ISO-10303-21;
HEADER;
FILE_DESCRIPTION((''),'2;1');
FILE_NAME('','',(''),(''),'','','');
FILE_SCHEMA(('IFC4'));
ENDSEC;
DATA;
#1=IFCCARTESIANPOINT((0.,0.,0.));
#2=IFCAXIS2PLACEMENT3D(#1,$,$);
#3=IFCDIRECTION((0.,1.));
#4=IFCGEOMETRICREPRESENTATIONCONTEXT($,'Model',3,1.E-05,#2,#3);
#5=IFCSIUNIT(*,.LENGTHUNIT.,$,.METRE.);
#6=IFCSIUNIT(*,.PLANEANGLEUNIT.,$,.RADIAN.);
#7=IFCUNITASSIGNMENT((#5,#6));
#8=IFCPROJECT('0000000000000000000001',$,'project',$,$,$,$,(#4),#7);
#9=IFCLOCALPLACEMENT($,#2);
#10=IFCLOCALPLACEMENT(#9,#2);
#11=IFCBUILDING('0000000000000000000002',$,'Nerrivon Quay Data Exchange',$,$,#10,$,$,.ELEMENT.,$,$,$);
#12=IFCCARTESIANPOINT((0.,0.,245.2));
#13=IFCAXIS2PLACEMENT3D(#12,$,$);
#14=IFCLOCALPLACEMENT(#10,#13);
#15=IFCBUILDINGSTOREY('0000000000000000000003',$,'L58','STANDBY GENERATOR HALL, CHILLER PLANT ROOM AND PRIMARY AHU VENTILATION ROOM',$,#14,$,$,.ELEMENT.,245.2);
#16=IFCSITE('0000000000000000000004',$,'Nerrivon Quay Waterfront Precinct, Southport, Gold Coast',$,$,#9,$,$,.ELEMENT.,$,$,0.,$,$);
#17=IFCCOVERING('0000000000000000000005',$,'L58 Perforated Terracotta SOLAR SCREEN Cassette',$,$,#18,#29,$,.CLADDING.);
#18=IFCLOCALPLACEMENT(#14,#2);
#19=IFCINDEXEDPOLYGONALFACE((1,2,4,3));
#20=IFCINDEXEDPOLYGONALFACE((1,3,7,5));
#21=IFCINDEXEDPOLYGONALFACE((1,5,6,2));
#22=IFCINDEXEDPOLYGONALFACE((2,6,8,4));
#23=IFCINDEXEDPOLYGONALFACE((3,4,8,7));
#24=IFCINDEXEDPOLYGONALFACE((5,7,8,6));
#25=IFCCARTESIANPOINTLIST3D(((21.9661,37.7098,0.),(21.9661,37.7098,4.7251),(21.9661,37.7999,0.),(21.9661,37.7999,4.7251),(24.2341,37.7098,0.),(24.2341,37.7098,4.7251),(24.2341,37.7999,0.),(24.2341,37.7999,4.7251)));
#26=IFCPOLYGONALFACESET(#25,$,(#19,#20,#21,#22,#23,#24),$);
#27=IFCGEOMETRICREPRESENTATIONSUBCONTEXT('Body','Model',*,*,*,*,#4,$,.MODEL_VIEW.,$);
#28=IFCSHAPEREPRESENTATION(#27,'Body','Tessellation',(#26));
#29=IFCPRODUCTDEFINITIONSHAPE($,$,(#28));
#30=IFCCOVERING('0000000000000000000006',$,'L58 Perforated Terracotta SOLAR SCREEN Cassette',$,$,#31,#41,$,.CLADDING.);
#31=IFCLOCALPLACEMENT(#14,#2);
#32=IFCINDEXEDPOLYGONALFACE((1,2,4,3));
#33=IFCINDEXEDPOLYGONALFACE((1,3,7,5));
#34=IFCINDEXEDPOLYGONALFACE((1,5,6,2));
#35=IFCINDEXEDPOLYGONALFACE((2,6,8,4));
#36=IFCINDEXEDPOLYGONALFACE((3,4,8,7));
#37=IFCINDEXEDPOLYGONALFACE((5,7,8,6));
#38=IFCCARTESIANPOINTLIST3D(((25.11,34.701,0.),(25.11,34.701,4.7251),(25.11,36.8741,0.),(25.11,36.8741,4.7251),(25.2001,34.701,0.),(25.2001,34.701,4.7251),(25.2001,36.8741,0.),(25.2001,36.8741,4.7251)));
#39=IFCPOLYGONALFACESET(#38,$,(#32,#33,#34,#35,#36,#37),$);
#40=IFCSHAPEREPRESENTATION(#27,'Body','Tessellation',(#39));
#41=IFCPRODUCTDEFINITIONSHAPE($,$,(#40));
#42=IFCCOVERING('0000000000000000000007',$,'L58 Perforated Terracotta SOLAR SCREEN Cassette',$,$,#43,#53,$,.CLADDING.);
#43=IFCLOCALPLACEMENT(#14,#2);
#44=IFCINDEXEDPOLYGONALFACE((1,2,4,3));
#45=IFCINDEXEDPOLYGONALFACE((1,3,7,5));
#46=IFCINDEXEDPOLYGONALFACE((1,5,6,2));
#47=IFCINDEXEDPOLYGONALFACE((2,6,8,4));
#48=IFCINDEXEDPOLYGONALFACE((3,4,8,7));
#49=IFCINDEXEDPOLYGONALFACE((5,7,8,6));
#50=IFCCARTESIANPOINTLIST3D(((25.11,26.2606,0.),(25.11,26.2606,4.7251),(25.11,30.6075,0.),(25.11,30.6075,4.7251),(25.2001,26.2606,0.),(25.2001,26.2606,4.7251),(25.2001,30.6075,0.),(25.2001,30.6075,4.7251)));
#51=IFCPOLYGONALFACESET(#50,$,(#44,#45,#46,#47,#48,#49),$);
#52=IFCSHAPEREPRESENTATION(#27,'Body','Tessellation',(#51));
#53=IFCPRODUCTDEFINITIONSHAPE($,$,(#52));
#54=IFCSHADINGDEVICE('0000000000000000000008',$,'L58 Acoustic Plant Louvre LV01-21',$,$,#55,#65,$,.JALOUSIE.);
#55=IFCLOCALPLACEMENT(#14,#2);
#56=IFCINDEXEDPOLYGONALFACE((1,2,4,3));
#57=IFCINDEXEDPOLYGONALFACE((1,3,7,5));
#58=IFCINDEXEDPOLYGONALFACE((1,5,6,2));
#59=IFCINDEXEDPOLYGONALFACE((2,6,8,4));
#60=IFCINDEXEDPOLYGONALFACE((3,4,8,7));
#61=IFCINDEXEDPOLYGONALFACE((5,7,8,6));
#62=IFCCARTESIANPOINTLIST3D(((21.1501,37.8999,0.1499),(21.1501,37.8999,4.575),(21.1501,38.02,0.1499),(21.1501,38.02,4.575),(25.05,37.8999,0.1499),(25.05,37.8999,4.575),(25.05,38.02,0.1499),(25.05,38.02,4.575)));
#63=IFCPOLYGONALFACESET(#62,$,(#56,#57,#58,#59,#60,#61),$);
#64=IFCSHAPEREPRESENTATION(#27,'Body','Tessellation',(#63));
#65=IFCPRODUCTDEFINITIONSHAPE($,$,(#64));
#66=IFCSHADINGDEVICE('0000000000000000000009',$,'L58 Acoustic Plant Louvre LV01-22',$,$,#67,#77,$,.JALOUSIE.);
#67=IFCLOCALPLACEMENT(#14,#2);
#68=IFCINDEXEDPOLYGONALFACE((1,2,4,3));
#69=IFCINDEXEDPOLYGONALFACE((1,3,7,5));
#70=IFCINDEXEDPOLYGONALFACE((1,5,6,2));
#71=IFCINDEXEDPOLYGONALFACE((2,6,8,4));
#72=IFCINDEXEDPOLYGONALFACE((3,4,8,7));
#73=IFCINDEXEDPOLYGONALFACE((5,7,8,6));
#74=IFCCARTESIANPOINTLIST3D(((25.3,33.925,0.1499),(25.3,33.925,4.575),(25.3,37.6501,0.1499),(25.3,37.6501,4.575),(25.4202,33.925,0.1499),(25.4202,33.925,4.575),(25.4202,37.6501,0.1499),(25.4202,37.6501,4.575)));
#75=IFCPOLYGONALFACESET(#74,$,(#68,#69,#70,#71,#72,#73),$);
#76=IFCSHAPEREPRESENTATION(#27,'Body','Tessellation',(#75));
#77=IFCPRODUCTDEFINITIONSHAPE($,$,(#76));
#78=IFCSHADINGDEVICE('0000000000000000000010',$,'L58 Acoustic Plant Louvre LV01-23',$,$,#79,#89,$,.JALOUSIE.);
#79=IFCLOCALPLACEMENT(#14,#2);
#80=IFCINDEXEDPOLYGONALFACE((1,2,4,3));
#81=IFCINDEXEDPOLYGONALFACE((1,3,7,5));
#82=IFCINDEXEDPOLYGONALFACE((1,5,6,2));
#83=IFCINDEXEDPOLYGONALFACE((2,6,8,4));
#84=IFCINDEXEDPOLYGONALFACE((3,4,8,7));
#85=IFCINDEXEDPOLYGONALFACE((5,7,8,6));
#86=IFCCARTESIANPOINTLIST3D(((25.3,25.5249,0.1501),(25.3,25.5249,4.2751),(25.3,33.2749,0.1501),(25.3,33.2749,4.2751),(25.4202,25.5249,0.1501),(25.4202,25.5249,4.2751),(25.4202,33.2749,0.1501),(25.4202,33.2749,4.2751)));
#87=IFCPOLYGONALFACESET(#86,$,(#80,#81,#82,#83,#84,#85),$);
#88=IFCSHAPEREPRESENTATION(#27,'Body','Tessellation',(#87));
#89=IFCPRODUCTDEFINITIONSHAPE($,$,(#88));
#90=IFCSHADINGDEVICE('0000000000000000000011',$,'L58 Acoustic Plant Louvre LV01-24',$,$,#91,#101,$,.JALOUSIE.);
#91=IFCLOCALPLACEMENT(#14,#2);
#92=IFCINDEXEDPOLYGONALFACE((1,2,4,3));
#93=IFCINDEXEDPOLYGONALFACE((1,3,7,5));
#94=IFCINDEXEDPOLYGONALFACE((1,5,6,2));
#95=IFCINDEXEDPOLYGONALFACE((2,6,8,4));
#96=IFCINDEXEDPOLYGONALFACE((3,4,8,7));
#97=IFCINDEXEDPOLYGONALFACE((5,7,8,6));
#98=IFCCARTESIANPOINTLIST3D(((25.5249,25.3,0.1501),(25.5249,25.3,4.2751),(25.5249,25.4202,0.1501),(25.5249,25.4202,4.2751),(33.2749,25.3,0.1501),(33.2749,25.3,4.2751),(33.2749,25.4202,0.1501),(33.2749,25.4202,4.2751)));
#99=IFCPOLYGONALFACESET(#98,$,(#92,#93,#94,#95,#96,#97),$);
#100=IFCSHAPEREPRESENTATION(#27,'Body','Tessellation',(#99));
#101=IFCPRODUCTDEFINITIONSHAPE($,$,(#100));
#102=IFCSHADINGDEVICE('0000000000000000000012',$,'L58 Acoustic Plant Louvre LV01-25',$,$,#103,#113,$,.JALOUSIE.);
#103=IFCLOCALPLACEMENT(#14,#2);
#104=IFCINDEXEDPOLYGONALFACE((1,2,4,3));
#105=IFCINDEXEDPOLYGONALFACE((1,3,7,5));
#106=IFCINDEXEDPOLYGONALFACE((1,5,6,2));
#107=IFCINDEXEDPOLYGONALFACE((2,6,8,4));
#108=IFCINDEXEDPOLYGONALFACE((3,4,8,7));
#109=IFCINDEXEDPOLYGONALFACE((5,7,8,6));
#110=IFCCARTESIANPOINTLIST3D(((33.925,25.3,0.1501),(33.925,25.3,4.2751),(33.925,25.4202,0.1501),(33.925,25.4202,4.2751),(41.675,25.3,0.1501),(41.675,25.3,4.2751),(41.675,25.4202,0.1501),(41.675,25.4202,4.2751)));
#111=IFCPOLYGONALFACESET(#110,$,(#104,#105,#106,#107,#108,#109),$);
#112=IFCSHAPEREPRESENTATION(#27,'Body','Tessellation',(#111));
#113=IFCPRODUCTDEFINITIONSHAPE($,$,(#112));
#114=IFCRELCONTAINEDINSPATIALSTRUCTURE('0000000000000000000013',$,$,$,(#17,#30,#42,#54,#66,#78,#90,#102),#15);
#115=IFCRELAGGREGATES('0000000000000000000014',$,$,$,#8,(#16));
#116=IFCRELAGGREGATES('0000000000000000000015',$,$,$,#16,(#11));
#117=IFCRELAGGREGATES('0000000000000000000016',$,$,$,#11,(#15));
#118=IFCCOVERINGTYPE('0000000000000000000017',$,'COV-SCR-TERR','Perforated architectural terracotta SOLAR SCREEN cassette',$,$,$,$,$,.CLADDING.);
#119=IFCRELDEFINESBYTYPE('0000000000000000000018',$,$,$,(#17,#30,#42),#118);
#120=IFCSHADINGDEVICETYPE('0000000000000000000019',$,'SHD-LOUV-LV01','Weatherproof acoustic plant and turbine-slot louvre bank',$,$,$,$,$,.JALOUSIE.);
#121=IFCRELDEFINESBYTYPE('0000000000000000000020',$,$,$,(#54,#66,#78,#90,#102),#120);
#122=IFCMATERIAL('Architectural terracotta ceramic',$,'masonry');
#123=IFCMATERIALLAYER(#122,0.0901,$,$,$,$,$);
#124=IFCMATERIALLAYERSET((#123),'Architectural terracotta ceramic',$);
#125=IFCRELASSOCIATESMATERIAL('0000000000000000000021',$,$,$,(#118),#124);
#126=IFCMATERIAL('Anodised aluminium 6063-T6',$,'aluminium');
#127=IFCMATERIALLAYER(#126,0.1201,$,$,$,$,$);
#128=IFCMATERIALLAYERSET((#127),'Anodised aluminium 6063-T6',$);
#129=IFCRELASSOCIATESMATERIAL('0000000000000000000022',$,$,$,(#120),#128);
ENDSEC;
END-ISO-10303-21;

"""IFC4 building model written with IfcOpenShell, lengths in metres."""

from ifc_helpers import new_model, si_unit, direction, frame, origin, origin_2d, place, context, subcontext, project, spatial, rectangle, extrude, material, layer, layer_set, type_object, element, save


model = new_model("IFC4")

# Units and contexts
model_context = context("Model", 3, precision=1e-05, world=origin(), true_north=direction((0.0, 1.0)))
body_context = subcontext(model_context, "Body", "Model", "MODEL_VIEW")
ifc_project = project(units=[si_unit("LENGTHUNIT", "METRE"), si_unit("PLANEANGLEUNIT", "RADIAN")], contexts=[model_context])

# Site, building, storey
site_placement = place(None, origin())
site = spatial("IfcSite", under=ifc_project, at=site_placement, Name="Nerrivon Quay Waterfront Precinct, Southport, Gold Coast", CompositionType="ELEMENT", RefElevation=0.0)
building_placement = place(site_placement, origin())
building = spatial("IfcBuilding", under=site, at=building_placement, Name="Nerrivon Quay Data Exchange", CompositionType="ELEMENT")
storey_placement = place(building_placement, frame((0.0, 0.0, 245.2)))
storey = spatial("IfcBuildingStorey", under=building, at=storey_placement, Name="L58", Description="STANDBY GENERATOR HALL, CHILLER PLANT ROOM AND PRIMARY AHU VENTILATION ROOM", CompositionType="ELEMENT", Elevation=245.2)

# Coverings
ifc_material_1 = material(Name="Architectural terracotta ceramic", Category="masonry")
ifc_layer_1 = layer(ifc_material_1, 0.0901)
ifc_layer_set_1 = layer_set([ifc_layer_1], Name="Architectural terracotta ceramic")
covering_type = type_object("IfcCoveringType", Name="COV-SCR-TERR", Description="Perforated architectural terracotta SOLAR SCREEN cassette", PredefinedType="CLADDING", material=ifc_layer_set_1)
covering_1_placement = place(storey_placement, frame((23.1001, 37.7549, 0.0), z_axis=(0.0, 0.0, 1.0), x_axis=(1.0, 0.0, 0.0)))
element("IfcCovering", 1, at=covering_1_placement, inside=storey, type_object=covering_type, Name="L58 Perforated Terracotta SOLAR SCREEN Cassette", PredefinedType="CLADDING", context=body_context, shape_type="SweptSolid", body=[
    extrude(rectangle(XDim=2.2681, YDim=0.0901, at=origin_2d()), origin(), (0.0, 0.0, 1.0), 4.7251),
])
covering_2_placement = place(storey_placement, frame((25.155, 35.7876, 0.0), z_axis=(0.0, 0.0, 1.0), x_axis=(0.0, -1.0, 0.0)))
element("IfcCovering", 2, at=covering_2_placement, inside=storey, type_object=covering_type, Name="L58 Perforated Terracotta SOLAR SCREEN Cassette", PredefinedType="CLADDING", context=body_context, shape_type="SweptSolid", body=[
    extrude(rectangle(XDim=2.1731, YDim=0.0901, at=origin_2d()), origin(), (0.0, 0.0, 1.0), 4.7251),
])
covering_3_placement = place(storey_placement, frame((25.155, 28.4341, 0.0), z_axis=(0.0, 0.0, 1.0), x_axis=(0.0, -1.0, 0.0)))
element("IfcCovering", 3, at=covering_3_placement, inside=storey, type_object=covering_type, Name="L58 Perforated Terracotta SOLAR SCREEN Cassette", PredefinedType="CLADDING", context=body_context, shape_type="SweptSolid", body=[
    extrude(rectangle(XDim=4.3469, YDim=0.0901, at=origin_2d()), origin(), (0.0, 0.0, 1.0), 4.7251),
])

# Shading devices
ifc_material_2 = material(Name="Anodised aluminium 6063-T6", Category="aluminium")
ifc_layer_2 = layer(ifc_material_2, 0.1201)
ifc_layer_set_2 = layer_set([ifc_layer_2], Name="Anodised aluminium 6063-T6")
shading_device_type = type_object("IfcShadingDeviceType", Name="SHD-LOUV-LV01", Description="Weatherproof acoustic plant and turbine-slot louvre bank", PredefinedType="JALOUSIE", material=ifc_layer_set_2)
shading_device_1_placement = place(storey_placement, frame((23.1001, 37.96, 0.1499), z_axis=(0.0, 0.0, 1.0), x_axis=(1.0, 0.0, 0.0)))
element("IfcShadingDevice", 4, at=shading_device_1_placement, inside=storey, type_object=shading_device_type, Name="L58 Acoustic Plant Louvre LV01-21", PredefinedType="JALOUSIE", context=body_context, shape_type="SweptSolid", body=[
    extrude(rectangle(XDim=3.8999, YDim=0.1201, at=origin_2d()), origin(), (0.0, 0.0, 1.0), 4.425),
])
shading_device_2_placement = place(storey_placement, frame((25.3601, 35.7876, 0.1499), z_axis=(0.0, 0.0, 1.0), x_axis=(0.0, -1.0, 0.0)))
element("IfcShadingDevice", 5, at=shading_device_2_placement, inside=storey, type_object=shading_device_type, Name="L58 Acoustic Plant Louvre LV01-22", PredefinedType="JALOUSIE", context=body_context, shape_type="SweptSolid", body=[
    extrude(rectangle(XDim=3.7251, YDim=0.1201, at=origin_2d()), origin(), (0.0, 0.0, 1.0), 4.425),
])
for number, where, z_axis, x_axis, name in (
    (6, (25.3601, 29.3999, 0.1501), (0.0, 0.0, 1.0), (0.0, -1.0, 0.0), "L58 Acoustic Plant Louvre LV01-23"),
    (7, (29.3999, 25.3601, 0.1501), (0.0, 0.0, 1.0), (1.0, 0.0, 0.0), "L58 Acoustic Plant Louvre LV01-24"),
    (8, (37.8, 25.3601, 0.1501), (0.0, 0.0, 1.0), (1.0, 0.0, 0.0), "L58 Acoustic Plant Louvre LV01-25"),
):
    element("IfcShadingDevice", number, at=place(storey_placement, frame(where, z_axis=z_axis, x_axis=x_axis)), inside=storey, type_object=shading_device_type, Name=name, PredefinedType="JALOUSIE", context=body_context, shape_type="SweptSolid", body=[
        extrude(rectangle(XDim=7.75, YDim=0.1201, at=origin_2d()), origin(), (0.0, 0.0, 1.0), 4.125),
    ])

save(model, "model.ifc")
